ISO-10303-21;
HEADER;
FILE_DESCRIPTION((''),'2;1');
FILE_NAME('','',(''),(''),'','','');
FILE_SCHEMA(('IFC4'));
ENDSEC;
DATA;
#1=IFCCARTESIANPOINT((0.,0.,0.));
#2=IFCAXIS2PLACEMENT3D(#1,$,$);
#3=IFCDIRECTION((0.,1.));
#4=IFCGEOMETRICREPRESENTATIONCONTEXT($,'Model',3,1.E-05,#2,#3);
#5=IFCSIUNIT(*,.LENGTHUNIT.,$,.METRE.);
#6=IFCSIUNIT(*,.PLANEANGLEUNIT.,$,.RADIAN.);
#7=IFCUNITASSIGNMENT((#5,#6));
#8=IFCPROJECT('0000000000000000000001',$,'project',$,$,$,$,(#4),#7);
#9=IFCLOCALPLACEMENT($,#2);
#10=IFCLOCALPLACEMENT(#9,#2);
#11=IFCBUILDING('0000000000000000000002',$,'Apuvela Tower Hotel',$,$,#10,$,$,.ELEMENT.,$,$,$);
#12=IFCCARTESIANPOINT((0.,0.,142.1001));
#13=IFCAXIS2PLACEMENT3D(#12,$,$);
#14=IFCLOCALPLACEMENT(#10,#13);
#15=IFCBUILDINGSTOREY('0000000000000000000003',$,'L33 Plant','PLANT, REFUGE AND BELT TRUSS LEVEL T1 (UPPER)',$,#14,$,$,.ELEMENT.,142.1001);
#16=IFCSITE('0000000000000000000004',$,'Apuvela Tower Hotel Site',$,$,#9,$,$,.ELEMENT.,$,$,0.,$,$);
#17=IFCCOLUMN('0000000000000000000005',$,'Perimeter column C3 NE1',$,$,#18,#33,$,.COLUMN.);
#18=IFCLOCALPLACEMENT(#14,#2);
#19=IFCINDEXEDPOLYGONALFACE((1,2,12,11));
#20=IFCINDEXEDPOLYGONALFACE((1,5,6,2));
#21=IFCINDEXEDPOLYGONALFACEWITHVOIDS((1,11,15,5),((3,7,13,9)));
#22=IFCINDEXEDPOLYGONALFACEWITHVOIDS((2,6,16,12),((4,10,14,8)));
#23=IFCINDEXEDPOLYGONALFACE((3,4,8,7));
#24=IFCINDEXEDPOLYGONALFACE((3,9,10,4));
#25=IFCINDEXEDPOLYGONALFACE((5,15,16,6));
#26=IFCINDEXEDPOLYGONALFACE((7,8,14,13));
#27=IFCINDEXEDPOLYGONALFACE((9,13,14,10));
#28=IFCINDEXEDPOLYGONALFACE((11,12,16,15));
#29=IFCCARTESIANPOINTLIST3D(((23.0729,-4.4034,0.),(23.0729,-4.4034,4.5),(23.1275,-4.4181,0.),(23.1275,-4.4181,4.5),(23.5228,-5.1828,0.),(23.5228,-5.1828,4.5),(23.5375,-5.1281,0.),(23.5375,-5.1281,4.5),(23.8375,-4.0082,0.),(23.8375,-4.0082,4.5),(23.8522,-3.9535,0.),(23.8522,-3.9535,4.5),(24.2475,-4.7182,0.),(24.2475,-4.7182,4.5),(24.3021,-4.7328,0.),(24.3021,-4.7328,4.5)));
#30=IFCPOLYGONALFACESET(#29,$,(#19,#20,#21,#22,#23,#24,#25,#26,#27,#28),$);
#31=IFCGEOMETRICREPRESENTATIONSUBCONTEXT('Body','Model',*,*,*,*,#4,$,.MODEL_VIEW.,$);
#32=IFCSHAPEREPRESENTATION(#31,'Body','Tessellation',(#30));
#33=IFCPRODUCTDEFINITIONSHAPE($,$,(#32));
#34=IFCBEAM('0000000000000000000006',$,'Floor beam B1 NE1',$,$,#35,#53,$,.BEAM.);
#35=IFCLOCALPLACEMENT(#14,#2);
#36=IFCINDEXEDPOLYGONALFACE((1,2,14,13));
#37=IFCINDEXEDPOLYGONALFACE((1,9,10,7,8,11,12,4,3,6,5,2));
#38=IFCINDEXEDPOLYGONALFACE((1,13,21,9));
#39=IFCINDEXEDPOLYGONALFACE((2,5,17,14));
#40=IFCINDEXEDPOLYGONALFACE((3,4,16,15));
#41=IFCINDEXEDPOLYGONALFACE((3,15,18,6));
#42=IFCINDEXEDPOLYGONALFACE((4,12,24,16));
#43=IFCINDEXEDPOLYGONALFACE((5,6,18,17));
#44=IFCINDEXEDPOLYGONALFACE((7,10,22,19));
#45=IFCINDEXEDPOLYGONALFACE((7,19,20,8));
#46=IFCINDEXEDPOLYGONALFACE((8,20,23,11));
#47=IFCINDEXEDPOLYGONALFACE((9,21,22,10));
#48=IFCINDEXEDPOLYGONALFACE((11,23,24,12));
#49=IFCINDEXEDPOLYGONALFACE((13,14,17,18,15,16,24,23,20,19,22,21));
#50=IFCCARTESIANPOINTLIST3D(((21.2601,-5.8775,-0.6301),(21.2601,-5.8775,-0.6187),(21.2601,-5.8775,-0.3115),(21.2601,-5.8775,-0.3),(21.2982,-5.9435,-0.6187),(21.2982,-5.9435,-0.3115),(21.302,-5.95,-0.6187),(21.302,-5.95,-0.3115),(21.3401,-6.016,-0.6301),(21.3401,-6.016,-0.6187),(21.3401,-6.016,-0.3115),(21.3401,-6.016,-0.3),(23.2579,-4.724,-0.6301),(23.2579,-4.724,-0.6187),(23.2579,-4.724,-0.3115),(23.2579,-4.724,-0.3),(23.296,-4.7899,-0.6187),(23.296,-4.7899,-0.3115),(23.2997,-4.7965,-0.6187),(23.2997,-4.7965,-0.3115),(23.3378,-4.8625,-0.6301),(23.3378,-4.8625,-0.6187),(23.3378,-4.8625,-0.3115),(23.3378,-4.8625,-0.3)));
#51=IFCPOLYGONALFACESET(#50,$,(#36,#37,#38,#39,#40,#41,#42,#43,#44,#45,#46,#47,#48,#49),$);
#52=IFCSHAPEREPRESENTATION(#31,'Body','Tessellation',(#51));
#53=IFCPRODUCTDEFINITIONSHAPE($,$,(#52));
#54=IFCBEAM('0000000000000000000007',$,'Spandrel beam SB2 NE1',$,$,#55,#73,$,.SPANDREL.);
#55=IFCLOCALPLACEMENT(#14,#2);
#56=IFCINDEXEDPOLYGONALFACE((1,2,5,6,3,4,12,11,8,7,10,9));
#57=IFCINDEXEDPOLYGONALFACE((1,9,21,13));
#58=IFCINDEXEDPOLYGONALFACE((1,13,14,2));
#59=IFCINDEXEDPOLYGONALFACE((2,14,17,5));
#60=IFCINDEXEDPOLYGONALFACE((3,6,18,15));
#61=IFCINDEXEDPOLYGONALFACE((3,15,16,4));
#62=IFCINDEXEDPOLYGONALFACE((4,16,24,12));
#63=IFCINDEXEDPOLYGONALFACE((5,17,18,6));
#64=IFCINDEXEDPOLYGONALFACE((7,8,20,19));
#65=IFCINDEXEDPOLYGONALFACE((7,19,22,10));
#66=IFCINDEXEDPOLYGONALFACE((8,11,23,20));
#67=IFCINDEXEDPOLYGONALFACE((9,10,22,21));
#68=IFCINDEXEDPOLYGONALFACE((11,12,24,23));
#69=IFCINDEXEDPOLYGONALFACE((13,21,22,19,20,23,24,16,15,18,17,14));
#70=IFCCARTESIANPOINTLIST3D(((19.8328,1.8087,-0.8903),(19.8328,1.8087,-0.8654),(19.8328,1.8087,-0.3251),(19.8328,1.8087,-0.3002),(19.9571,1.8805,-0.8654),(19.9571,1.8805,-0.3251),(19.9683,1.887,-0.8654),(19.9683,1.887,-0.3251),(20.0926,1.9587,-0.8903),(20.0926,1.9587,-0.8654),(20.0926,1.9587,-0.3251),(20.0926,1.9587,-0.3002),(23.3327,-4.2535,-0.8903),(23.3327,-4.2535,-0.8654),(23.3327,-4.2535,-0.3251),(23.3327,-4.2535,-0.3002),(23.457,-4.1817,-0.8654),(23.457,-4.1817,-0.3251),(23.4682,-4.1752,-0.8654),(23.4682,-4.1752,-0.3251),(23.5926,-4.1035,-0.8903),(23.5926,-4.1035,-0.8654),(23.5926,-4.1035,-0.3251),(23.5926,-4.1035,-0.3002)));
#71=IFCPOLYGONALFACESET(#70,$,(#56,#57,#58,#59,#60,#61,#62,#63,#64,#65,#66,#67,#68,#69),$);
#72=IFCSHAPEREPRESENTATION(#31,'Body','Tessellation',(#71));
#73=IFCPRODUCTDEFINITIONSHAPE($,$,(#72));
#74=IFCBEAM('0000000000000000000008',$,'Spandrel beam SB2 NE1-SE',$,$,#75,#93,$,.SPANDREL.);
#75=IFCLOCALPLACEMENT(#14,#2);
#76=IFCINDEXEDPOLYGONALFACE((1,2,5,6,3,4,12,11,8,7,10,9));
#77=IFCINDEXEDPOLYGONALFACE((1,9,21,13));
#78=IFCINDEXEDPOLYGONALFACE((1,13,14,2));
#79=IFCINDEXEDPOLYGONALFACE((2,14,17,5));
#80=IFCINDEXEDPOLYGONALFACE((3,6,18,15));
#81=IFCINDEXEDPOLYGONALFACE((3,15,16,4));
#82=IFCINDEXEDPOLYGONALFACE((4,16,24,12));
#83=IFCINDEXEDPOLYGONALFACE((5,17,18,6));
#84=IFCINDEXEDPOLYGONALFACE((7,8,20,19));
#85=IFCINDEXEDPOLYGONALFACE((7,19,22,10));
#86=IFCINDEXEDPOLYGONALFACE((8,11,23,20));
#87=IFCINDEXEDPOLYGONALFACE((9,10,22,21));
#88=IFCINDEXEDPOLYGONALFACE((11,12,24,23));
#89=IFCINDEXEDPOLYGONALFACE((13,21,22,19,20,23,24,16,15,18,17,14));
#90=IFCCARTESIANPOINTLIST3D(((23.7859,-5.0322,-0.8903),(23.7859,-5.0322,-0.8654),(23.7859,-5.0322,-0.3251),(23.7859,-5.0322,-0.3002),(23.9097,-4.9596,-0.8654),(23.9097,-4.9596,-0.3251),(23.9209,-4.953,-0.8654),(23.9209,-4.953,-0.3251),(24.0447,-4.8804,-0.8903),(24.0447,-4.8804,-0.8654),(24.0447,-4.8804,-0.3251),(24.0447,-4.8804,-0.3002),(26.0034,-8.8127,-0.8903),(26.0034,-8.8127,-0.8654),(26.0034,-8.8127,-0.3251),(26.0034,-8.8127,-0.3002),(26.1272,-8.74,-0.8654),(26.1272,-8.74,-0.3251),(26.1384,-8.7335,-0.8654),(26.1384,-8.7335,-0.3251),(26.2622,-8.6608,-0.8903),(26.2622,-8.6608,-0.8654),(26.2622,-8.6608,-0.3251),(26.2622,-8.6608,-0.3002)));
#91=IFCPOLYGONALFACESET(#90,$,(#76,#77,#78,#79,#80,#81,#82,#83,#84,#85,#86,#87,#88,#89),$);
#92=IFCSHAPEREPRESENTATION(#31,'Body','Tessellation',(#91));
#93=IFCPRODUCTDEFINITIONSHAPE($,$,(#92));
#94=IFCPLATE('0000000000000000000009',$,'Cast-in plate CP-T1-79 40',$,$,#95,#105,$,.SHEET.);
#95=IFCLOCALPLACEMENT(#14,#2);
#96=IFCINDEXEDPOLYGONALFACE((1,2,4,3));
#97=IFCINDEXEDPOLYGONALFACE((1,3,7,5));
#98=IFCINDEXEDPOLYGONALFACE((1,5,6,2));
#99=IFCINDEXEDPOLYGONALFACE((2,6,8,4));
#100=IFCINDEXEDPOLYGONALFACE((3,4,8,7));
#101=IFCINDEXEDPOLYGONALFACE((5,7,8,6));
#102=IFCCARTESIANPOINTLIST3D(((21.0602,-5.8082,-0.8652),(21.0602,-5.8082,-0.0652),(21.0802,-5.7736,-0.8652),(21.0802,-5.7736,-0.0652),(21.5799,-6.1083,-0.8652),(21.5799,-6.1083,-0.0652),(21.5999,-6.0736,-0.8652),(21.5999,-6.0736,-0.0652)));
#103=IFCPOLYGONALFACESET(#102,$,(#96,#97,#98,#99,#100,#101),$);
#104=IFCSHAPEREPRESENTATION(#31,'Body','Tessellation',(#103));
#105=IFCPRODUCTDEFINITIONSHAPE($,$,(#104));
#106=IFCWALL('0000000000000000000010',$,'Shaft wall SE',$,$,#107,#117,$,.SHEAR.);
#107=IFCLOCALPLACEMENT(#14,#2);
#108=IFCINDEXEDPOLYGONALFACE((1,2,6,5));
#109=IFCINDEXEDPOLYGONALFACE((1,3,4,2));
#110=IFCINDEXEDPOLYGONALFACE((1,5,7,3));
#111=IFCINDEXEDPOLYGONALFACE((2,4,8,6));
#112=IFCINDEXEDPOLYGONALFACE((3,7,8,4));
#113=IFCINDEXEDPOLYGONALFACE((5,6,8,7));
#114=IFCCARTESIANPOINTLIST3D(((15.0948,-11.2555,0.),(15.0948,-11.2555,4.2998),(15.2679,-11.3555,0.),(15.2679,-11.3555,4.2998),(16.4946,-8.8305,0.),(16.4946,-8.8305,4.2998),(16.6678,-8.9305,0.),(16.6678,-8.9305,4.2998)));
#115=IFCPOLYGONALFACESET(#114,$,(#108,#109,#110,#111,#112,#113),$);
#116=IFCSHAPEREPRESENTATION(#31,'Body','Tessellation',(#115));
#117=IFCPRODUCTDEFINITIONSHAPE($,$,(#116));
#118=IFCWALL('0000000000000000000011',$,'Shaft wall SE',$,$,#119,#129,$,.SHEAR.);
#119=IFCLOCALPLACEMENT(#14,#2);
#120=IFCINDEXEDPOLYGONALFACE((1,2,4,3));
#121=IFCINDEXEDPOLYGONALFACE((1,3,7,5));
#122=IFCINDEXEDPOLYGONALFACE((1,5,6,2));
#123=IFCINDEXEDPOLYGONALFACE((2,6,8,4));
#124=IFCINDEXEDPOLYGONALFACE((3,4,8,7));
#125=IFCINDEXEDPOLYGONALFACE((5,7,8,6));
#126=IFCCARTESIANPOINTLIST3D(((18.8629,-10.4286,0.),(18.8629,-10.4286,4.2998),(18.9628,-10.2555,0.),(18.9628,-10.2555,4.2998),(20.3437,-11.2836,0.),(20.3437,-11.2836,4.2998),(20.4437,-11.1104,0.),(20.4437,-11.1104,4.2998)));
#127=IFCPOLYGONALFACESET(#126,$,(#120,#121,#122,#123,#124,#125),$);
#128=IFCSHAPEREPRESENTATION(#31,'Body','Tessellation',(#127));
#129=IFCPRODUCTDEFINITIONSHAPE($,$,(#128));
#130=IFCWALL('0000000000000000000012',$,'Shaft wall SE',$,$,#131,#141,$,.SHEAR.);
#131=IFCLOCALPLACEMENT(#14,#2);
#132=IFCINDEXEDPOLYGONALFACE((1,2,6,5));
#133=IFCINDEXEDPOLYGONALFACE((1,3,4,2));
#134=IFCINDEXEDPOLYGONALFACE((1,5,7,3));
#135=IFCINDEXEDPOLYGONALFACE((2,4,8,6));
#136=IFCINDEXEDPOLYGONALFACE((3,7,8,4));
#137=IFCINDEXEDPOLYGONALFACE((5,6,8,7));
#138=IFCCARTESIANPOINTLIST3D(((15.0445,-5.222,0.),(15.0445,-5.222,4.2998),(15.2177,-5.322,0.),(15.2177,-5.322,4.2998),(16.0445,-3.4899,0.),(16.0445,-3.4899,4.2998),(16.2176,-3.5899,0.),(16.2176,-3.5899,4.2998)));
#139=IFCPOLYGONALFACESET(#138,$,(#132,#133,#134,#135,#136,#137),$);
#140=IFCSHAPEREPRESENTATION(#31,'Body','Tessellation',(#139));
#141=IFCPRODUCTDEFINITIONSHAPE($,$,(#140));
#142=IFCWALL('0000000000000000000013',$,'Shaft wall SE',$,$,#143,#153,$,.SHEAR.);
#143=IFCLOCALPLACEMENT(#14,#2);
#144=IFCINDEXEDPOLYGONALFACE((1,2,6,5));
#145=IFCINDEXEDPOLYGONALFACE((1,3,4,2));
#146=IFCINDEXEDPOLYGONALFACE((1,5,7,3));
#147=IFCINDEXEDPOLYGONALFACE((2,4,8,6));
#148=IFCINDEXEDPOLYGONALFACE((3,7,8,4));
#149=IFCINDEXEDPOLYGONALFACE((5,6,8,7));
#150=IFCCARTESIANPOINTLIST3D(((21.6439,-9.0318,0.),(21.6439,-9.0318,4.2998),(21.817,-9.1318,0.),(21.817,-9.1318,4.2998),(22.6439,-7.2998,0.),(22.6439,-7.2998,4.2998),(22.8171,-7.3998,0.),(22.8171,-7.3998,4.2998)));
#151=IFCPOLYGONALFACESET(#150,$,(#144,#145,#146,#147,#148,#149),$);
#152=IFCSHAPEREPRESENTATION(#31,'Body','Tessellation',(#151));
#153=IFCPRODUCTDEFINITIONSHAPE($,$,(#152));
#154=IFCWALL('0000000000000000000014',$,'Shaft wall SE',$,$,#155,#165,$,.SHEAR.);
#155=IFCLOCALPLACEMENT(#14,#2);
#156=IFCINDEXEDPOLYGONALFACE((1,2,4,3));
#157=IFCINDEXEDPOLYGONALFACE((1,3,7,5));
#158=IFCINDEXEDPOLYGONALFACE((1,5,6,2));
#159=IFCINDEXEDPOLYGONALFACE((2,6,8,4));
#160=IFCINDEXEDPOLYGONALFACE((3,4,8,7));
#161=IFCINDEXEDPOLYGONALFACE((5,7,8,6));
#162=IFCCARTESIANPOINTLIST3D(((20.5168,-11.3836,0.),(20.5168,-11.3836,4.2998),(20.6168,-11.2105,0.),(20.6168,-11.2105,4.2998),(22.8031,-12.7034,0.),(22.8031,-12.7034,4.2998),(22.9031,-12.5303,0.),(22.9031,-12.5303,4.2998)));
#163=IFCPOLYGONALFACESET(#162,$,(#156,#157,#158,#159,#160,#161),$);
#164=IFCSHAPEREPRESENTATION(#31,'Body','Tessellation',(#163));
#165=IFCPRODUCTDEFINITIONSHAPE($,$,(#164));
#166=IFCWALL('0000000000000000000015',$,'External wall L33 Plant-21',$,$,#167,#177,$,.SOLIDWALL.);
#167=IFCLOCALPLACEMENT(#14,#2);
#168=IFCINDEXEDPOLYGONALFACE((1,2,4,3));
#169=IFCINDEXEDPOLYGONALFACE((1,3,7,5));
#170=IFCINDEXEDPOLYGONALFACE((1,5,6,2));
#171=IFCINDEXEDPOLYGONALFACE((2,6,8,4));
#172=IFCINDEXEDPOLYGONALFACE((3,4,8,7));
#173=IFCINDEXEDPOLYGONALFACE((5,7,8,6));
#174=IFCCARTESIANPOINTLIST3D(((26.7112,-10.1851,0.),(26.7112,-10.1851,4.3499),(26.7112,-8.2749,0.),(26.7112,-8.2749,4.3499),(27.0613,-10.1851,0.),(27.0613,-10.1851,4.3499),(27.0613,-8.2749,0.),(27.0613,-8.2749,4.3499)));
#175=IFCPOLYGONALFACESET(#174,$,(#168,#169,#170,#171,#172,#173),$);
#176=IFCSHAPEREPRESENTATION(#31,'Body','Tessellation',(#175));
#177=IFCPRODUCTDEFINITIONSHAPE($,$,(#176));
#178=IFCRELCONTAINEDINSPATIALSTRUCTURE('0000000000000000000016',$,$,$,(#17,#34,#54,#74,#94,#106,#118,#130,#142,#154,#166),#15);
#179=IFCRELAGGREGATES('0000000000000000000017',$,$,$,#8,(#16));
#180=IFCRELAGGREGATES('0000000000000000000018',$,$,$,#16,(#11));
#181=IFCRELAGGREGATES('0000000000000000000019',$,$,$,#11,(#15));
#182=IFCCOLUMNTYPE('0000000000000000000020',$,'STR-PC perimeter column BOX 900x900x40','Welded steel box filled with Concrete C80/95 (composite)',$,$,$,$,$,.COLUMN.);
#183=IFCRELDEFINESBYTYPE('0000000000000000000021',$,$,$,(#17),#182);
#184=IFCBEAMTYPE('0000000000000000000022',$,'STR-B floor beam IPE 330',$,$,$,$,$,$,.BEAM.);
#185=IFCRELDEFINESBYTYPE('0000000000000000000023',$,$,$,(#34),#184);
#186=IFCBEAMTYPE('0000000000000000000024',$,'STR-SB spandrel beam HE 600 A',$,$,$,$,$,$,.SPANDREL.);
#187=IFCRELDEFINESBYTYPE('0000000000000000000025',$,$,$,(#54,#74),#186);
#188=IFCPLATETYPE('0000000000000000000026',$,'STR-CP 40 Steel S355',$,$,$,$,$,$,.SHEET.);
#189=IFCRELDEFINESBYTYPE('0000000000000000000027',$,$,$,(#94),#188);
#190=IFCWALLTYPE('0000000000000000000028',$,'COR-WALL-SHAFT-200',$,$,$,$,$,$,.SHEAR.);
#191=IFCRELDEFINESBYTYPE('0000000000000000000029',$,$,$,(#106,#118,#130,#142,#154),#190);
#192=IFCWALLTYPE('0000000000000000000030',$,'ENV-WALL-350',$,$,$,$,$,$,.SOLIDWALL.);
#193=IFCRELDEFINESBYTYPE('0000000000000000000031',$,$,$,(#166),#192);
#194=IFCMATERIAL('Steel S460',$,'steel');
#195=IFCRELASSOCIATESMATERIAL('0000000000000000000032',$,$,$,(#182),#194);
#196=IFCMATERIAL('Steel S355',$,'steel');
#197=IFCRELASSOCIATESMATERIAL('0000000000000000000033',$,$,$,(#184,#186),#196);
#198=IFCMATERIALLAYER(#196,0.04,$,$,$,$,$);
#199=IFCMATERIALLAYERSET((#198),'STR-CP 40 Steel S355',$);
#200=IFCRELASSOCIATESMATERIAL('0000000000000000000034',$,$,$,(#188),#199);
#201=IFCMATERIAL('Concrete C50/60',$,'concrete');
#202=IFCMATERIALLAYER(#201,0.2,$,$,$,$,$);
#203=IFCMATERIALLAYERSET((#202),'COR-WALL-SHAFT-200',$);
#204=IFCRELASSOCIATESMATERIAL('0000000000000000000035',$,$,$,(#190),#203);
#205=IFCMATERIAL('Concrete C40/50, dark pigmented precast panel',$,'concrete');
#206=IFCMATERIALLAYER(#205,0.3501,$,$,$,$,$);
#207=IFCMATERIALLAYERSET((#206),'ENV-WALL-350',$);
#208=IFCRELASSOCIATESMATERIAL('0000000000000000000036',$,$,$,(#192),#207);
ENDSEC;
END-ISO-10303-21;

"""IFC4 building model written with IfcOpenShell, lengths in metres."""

from ifc_helpers import new_model, si_unit, direction, frame, frame_2d, origin, origin_2d, place, context, subcontext, project, spatial, rectangle, hollow_rectangle, i_section, extrude, material, layer, layer_set, material_profile, profile_set, type_object, element, save


model = new_model("IFC4")

# Units and contexts
model_context = context("Model", 3, precision=1e-05, world=origin(), true_north=direction((0.0, 1.0)))
body_context = subcontext(model_context, "Body", "Model", "MODEL_VIEW")
ifc_project = project(units=[si_unit("LENGTHUNIT", "METRE"), si_unit("PLANEANGLEUNIT", "RADIAN")], contexts=[model_context])

# Site, building, storey
site_placement = place(None, origin())
site = spatial("IfcSite", under=ifc_project, at=site_placement, Name="Apuvela Tower Hotel Site", CompositionType="ELEMENT", RefElevation=0.0)
building_placement = place(site_placement, origin())
building = spatial("IfcBuilding", under=site, at=building_placement, Name="Apuvela Tower Hotel", CompositionType="ELEMENT")
storey_placement = place(building_placement, frame((0.0, 0.0, 142.1001)))
storey = spatial("IfcBuildingStorey", under=building, at=storey_placement, Name="L33 Plant", Description="PLANT, REFUGE AND BELT TRUSS LEVEL T1 (UPPER)", CompositionType="ELEMENT", Elevation=142.1001)

# Column
ifc_material_1 = material(Name="Steel S460", Category="steel")
ifc_material_profile_1 = material_profile(ifc_material_1, hollow_rectangle(XDim=0.8999, YDim=0.8999, WallThickness=0.04, at=origin_2d()), Name="BOX 900x900x40")
ifc_material_2 = material(Name="Concrete C80/95", Category="concrete")
ifc_material_profile_2 = material_profile(ifc_material_2, rectangle(XDim=0.8201, YDim=0.8201, at=origin_2d()), Name="Concrete C80/95 infill")
ifc_profile_set_1 = profile_set([ifc_material_profile_1, ifc_material_profile_2], Name="Steel S460")
column_type = type_object("IfcColumnType", Name="STR-PC perimeter column BOX 900x900x40", Description="Welded steel box filled with Concrete C80/95 (composite)", PredefinedType="COLUMN", material=ifc_profile_set_1)
column_placement = place(storey_placement, frame((23.6875, -4.5681, 0.0), z_axis=(0.0, 0.0, 1.0), x_axis=(-0.5, 0.866025, 0.0)))
element("IfcColumn", 1, at=column_placement, inside=storey, type_object=column_type, Name="Perimeter column C3 NE1", PredefinedType="COLUMN", context=body_context, shape_type="SweptSolid", body=[
    extrude(hollow_rectangle(XDim=0.8999, YDim=0.8999, WallThickness=0.04, at=origin_2d()), origin(), (0.0, 0.0, 1.0), 4.5),
])

# Beams
ifc_material_3 = material(Name="Steel S355", Category="steel")
ifc_material_profile_3 = material_profile(ifc_material_3, i_section(OverallWidth=0.1599, OverallDepth=0.3301, WebThickness=0.0076, FlangeThickness=0.0115, at=origin_2d()), Name="IPE 330")
ifc_profile_set_2 = profile_set([ifc_material_profile_3], Name="Steel S355")
beam_type_1 = type_object("IfcBeamType", Name="STR-B floor beam IPE 330", PredefinedType="BEAM", material=ifc_profile_set_2)
beam_1_placement = place(storey_placement, frame((23.2979, -4.7932, -0.4651), z_axis=(-0.866001, -0.500043, 0.0), x_axis=(0.500043, -0.866001, 0.0)))
element("IfcBeam", 2, at=beam_1_placement, inside=storey, type_object=beam_type_1, Name="Floor beam B1 NE1", PredefinedType="BEAM", context=body_context, shape_type="SweptSolid", body=[
    extrude(i_section(OverallWidth=0.1599, OverallDepth=0.3301, WebThickness=0.0076, FlangeThickness=0.0115, at=origin_2d()), origin(), (0.0, 0.0, 1.0), 2.3069),
])
ifc_material_profile_4 = material_profile(ifc_material_3, i_section(OverallWidth=0.3, OverallDepth=0.5901, WebThickness=0.0129, FlangeThickness=0.0249, at=origin_2d()), Name="HE 600 A")
ifc_profile_set_3 = profile_set([ifc_material_profile_4], Name="Steel S355")
beam_type_2 = type_object("IfcBeamType", Name="STR-SB spandrel beam HE 600 A", PredefinedType="SPANDREL", material=ifc_profile_set_3)
beam_2_placement = place(storey_placement, frame((23.4626, -4.1785, -0.5952), z_axis=(-0.499995, 0.866028, 0.0), x_axis=(-0.866028, -0.499995, 0.0)))
element("IfcBeam", 3, at=beam_2_placement, inside=storey, type_object=beam_type_2, Name="Spandrel beam SB2 NE1", PredefinedType="SPANDREL", context=body_context, shape_type="SweptSolid", body=[
    extrude(i_section(OverallWidth=0.3, OverallDepth=0.5901, WebThickness=0.0129, FlangeThickness=0.0249, at=origin_2d()), origin(), (0.0, 0.0, 1.0), 7.0),
])
beam_3_placement = place(storey_placement, frame((23.9153, -4.9563, -0.5952), z_axis=(0.505951, -0.862562, 0.0), x_axis=(0.862562, 0.505951, 0.0)))
element("IfcBeam", 4, at=beam_3_placement, inside=storey, type_object=beam_type_2, Name="Spandrel beam SB2 NE1-SE", PredefinedType="SPANDREL", context=body_context, shape_type="SweptSolid", body=[
    extrude(i_section(OverallWidth=0.3, OverallDepth=0.5901, WebThickness=0.0129, FlangeThickness=0.0249, at=origin_2d()), origin(), (0.0, 0.0, 1.0), 4.3828),
])

# Plate
ifc_layer_1 = layer(ifc_material_3, 0.04)
ifc_layer_set_1 = layer_set([ifc_layer_1], Name="STR-CP 40 Steel S355")
plate_type = type_object("IfcPlateType", Name="STR-CP 40 Steel S355", PredefinedType="SHEET", material=ifc_layer_set_1)
plate_placement = place(storey_placement, frame((21.3301, -5.9409, -0.8652), z_axis=(0.0, 0.0, 1.0), x_axis=(-0.5, -0.866025, 0.0)))
element("IfcPlate", 5, at=plate_placement, inside=storey, type_object=plate_type, Name="Cast-in plate CP-T1-79 40", PredefinedType="SHEET", context=body_context, shape_type="SweptSolid", body=[
    extrude(rectangle(XDim=0.04, YDim=0.6001, at=origin_2d()), origin(), (0.0, 0.0, 1.0), 0.8),
])

# Walls
ifc_material_4 = material(Name="Concrete C50/60", Category="concrete")
ifc_layer_2 = layer(ifc_material_4, 0.2)
ifc_layer_set_2 = layer_set([ifc_layer_2], Name="COR-WALL-SHAFT-200")
wall_type_1 = type_object("IfcWallType", Name="COR-WALL-SHAFT-200", PredefinedType="SHEAR", material=ifc_layer_set_2)
wall_1_placement = place(storey_placement, frame((15.1814, -11.3054, 0.0), z_axis=(0.0, 0.0, 1.0), x_axis=(0.499946, 0.866056, 0.0)))
element("IfcWall", 6, at=wall_1_placement, inside=storey, type_object=wall_type_1, Name="Shaft wall SE", PredefinedType="SHEAR", context=body_context, shape_type="SweptSolid", body=[
    extrude(rectangle(XDim=2.8, YDim=0.2, at=frame_2d((1.3999, 0.0))), origin(), (0.0, 0.0, 1.0), 4.2998),
])
wall_2_placement = place(storey_placement, frame((18.9128, -10.342, 0.0), z_axis=(0.0, 0.0, 1.0), x_axis=(0.866038, -0.499978, 0.0)))
element("IfcWall", 7, at=wall_2_placement, inside=storey, type_object=wall_type_1, Name="Shaft wall SE", PredefinedType="SHEAR", context=body_context, shape_type="SweptSolid", body=[
    extrude(rectangle(XDim=1.71, YDim=0.2, at=frame_2d((0.855, 0.0))), origin(), (0.0, 0.0, 1.0), 4.2998),
])
for number, where, z_axis, x_axis, name in (
    (8, (15.1311, -5.272, 0.0), (0.0, 0.0, 1.0), (0.499973, 0.866041, 0.0), "Shaft wall SE"),
    (9, (21.7305, -9.0818, 0.0), (0.0, 0.0, 1.0), (0.500025, 0.866011, 0.0), "Shaft wall SE"),
):
    element("IfcWall", number, at=place(storey_placement, frame(where, z_axis=z_axis, x_axis=x_axis)), inside=storey, type_object=wall_type_1, Name=name, PredefinedType="SHEAR", context=body_context, shape_type="SweptSolid", body=[
        extrude(rectangle(XDim=2.0, YDim=0.2, at=frame_2d((1.0, 0.0))), origin(), (0.0, 0.0, 1.0), 4.2998),
    ])
wall_3_placement = place(storey_placement, frame((20.5669, -11.2971, 0.0), z_axis=(0.0, 0.0, 1.0), x_axis=(0.866061, -0.499939, 0.0)))
element("IfcWall", 10, at=wall_3_placement, inside=storey, type_object=wall_type_1, Name="Shaft wall SE", PredefinedType="SHEAR", context=body_context, shape_type="SweptSolid", body=[
    extrude(rectangle(XDim=2.6399, YDim=0.2, at=frame_2d((1.3198, 0.0))), origin(), (0.0, 0.0, 1.0), 4.2998),
])
ifc_material_5 = material(Name="Concrete C40/50, dark pigmented precast panel", Category="concrete")
ifc_layer_3 = layer(ifc_material_5, 0.3501)
ifc_layer_set_3 = layer_set([ifc_layer_3], Name="ENV-WALL-350")
wall_type_2 = type_object("IfcWallType", Name="ENV-WALL-350", PredefinedType="SOLIDWALL", material=ifc_layer_set_3)
for number, where, z_axis, x_axis, name in (
    (11, (26.8862, -10.1851, 0.0), (0.0, 0.0, 1.0), (0.0, 1.0, 0.0), "External wall L33 Plant-21"),
):
    element("IfcWall", number, at=place(storey_placement, frame(where, z_axis=z_axis, x_axis=x_axis)), inside=storey, type_object=wall_type_2, Name=name, PredefinedType="SOLIDWALL", context=body_context, shape_type="SweptSolid", body=[
        extrude(rectangle(XDim=1.9102, YDim=0.3501, at=frame_2d((0.9551, 0.0))), origin(), (0.0, 0.0, 1.0), 4.3499),
    ])

save(model, "model.ifc")
